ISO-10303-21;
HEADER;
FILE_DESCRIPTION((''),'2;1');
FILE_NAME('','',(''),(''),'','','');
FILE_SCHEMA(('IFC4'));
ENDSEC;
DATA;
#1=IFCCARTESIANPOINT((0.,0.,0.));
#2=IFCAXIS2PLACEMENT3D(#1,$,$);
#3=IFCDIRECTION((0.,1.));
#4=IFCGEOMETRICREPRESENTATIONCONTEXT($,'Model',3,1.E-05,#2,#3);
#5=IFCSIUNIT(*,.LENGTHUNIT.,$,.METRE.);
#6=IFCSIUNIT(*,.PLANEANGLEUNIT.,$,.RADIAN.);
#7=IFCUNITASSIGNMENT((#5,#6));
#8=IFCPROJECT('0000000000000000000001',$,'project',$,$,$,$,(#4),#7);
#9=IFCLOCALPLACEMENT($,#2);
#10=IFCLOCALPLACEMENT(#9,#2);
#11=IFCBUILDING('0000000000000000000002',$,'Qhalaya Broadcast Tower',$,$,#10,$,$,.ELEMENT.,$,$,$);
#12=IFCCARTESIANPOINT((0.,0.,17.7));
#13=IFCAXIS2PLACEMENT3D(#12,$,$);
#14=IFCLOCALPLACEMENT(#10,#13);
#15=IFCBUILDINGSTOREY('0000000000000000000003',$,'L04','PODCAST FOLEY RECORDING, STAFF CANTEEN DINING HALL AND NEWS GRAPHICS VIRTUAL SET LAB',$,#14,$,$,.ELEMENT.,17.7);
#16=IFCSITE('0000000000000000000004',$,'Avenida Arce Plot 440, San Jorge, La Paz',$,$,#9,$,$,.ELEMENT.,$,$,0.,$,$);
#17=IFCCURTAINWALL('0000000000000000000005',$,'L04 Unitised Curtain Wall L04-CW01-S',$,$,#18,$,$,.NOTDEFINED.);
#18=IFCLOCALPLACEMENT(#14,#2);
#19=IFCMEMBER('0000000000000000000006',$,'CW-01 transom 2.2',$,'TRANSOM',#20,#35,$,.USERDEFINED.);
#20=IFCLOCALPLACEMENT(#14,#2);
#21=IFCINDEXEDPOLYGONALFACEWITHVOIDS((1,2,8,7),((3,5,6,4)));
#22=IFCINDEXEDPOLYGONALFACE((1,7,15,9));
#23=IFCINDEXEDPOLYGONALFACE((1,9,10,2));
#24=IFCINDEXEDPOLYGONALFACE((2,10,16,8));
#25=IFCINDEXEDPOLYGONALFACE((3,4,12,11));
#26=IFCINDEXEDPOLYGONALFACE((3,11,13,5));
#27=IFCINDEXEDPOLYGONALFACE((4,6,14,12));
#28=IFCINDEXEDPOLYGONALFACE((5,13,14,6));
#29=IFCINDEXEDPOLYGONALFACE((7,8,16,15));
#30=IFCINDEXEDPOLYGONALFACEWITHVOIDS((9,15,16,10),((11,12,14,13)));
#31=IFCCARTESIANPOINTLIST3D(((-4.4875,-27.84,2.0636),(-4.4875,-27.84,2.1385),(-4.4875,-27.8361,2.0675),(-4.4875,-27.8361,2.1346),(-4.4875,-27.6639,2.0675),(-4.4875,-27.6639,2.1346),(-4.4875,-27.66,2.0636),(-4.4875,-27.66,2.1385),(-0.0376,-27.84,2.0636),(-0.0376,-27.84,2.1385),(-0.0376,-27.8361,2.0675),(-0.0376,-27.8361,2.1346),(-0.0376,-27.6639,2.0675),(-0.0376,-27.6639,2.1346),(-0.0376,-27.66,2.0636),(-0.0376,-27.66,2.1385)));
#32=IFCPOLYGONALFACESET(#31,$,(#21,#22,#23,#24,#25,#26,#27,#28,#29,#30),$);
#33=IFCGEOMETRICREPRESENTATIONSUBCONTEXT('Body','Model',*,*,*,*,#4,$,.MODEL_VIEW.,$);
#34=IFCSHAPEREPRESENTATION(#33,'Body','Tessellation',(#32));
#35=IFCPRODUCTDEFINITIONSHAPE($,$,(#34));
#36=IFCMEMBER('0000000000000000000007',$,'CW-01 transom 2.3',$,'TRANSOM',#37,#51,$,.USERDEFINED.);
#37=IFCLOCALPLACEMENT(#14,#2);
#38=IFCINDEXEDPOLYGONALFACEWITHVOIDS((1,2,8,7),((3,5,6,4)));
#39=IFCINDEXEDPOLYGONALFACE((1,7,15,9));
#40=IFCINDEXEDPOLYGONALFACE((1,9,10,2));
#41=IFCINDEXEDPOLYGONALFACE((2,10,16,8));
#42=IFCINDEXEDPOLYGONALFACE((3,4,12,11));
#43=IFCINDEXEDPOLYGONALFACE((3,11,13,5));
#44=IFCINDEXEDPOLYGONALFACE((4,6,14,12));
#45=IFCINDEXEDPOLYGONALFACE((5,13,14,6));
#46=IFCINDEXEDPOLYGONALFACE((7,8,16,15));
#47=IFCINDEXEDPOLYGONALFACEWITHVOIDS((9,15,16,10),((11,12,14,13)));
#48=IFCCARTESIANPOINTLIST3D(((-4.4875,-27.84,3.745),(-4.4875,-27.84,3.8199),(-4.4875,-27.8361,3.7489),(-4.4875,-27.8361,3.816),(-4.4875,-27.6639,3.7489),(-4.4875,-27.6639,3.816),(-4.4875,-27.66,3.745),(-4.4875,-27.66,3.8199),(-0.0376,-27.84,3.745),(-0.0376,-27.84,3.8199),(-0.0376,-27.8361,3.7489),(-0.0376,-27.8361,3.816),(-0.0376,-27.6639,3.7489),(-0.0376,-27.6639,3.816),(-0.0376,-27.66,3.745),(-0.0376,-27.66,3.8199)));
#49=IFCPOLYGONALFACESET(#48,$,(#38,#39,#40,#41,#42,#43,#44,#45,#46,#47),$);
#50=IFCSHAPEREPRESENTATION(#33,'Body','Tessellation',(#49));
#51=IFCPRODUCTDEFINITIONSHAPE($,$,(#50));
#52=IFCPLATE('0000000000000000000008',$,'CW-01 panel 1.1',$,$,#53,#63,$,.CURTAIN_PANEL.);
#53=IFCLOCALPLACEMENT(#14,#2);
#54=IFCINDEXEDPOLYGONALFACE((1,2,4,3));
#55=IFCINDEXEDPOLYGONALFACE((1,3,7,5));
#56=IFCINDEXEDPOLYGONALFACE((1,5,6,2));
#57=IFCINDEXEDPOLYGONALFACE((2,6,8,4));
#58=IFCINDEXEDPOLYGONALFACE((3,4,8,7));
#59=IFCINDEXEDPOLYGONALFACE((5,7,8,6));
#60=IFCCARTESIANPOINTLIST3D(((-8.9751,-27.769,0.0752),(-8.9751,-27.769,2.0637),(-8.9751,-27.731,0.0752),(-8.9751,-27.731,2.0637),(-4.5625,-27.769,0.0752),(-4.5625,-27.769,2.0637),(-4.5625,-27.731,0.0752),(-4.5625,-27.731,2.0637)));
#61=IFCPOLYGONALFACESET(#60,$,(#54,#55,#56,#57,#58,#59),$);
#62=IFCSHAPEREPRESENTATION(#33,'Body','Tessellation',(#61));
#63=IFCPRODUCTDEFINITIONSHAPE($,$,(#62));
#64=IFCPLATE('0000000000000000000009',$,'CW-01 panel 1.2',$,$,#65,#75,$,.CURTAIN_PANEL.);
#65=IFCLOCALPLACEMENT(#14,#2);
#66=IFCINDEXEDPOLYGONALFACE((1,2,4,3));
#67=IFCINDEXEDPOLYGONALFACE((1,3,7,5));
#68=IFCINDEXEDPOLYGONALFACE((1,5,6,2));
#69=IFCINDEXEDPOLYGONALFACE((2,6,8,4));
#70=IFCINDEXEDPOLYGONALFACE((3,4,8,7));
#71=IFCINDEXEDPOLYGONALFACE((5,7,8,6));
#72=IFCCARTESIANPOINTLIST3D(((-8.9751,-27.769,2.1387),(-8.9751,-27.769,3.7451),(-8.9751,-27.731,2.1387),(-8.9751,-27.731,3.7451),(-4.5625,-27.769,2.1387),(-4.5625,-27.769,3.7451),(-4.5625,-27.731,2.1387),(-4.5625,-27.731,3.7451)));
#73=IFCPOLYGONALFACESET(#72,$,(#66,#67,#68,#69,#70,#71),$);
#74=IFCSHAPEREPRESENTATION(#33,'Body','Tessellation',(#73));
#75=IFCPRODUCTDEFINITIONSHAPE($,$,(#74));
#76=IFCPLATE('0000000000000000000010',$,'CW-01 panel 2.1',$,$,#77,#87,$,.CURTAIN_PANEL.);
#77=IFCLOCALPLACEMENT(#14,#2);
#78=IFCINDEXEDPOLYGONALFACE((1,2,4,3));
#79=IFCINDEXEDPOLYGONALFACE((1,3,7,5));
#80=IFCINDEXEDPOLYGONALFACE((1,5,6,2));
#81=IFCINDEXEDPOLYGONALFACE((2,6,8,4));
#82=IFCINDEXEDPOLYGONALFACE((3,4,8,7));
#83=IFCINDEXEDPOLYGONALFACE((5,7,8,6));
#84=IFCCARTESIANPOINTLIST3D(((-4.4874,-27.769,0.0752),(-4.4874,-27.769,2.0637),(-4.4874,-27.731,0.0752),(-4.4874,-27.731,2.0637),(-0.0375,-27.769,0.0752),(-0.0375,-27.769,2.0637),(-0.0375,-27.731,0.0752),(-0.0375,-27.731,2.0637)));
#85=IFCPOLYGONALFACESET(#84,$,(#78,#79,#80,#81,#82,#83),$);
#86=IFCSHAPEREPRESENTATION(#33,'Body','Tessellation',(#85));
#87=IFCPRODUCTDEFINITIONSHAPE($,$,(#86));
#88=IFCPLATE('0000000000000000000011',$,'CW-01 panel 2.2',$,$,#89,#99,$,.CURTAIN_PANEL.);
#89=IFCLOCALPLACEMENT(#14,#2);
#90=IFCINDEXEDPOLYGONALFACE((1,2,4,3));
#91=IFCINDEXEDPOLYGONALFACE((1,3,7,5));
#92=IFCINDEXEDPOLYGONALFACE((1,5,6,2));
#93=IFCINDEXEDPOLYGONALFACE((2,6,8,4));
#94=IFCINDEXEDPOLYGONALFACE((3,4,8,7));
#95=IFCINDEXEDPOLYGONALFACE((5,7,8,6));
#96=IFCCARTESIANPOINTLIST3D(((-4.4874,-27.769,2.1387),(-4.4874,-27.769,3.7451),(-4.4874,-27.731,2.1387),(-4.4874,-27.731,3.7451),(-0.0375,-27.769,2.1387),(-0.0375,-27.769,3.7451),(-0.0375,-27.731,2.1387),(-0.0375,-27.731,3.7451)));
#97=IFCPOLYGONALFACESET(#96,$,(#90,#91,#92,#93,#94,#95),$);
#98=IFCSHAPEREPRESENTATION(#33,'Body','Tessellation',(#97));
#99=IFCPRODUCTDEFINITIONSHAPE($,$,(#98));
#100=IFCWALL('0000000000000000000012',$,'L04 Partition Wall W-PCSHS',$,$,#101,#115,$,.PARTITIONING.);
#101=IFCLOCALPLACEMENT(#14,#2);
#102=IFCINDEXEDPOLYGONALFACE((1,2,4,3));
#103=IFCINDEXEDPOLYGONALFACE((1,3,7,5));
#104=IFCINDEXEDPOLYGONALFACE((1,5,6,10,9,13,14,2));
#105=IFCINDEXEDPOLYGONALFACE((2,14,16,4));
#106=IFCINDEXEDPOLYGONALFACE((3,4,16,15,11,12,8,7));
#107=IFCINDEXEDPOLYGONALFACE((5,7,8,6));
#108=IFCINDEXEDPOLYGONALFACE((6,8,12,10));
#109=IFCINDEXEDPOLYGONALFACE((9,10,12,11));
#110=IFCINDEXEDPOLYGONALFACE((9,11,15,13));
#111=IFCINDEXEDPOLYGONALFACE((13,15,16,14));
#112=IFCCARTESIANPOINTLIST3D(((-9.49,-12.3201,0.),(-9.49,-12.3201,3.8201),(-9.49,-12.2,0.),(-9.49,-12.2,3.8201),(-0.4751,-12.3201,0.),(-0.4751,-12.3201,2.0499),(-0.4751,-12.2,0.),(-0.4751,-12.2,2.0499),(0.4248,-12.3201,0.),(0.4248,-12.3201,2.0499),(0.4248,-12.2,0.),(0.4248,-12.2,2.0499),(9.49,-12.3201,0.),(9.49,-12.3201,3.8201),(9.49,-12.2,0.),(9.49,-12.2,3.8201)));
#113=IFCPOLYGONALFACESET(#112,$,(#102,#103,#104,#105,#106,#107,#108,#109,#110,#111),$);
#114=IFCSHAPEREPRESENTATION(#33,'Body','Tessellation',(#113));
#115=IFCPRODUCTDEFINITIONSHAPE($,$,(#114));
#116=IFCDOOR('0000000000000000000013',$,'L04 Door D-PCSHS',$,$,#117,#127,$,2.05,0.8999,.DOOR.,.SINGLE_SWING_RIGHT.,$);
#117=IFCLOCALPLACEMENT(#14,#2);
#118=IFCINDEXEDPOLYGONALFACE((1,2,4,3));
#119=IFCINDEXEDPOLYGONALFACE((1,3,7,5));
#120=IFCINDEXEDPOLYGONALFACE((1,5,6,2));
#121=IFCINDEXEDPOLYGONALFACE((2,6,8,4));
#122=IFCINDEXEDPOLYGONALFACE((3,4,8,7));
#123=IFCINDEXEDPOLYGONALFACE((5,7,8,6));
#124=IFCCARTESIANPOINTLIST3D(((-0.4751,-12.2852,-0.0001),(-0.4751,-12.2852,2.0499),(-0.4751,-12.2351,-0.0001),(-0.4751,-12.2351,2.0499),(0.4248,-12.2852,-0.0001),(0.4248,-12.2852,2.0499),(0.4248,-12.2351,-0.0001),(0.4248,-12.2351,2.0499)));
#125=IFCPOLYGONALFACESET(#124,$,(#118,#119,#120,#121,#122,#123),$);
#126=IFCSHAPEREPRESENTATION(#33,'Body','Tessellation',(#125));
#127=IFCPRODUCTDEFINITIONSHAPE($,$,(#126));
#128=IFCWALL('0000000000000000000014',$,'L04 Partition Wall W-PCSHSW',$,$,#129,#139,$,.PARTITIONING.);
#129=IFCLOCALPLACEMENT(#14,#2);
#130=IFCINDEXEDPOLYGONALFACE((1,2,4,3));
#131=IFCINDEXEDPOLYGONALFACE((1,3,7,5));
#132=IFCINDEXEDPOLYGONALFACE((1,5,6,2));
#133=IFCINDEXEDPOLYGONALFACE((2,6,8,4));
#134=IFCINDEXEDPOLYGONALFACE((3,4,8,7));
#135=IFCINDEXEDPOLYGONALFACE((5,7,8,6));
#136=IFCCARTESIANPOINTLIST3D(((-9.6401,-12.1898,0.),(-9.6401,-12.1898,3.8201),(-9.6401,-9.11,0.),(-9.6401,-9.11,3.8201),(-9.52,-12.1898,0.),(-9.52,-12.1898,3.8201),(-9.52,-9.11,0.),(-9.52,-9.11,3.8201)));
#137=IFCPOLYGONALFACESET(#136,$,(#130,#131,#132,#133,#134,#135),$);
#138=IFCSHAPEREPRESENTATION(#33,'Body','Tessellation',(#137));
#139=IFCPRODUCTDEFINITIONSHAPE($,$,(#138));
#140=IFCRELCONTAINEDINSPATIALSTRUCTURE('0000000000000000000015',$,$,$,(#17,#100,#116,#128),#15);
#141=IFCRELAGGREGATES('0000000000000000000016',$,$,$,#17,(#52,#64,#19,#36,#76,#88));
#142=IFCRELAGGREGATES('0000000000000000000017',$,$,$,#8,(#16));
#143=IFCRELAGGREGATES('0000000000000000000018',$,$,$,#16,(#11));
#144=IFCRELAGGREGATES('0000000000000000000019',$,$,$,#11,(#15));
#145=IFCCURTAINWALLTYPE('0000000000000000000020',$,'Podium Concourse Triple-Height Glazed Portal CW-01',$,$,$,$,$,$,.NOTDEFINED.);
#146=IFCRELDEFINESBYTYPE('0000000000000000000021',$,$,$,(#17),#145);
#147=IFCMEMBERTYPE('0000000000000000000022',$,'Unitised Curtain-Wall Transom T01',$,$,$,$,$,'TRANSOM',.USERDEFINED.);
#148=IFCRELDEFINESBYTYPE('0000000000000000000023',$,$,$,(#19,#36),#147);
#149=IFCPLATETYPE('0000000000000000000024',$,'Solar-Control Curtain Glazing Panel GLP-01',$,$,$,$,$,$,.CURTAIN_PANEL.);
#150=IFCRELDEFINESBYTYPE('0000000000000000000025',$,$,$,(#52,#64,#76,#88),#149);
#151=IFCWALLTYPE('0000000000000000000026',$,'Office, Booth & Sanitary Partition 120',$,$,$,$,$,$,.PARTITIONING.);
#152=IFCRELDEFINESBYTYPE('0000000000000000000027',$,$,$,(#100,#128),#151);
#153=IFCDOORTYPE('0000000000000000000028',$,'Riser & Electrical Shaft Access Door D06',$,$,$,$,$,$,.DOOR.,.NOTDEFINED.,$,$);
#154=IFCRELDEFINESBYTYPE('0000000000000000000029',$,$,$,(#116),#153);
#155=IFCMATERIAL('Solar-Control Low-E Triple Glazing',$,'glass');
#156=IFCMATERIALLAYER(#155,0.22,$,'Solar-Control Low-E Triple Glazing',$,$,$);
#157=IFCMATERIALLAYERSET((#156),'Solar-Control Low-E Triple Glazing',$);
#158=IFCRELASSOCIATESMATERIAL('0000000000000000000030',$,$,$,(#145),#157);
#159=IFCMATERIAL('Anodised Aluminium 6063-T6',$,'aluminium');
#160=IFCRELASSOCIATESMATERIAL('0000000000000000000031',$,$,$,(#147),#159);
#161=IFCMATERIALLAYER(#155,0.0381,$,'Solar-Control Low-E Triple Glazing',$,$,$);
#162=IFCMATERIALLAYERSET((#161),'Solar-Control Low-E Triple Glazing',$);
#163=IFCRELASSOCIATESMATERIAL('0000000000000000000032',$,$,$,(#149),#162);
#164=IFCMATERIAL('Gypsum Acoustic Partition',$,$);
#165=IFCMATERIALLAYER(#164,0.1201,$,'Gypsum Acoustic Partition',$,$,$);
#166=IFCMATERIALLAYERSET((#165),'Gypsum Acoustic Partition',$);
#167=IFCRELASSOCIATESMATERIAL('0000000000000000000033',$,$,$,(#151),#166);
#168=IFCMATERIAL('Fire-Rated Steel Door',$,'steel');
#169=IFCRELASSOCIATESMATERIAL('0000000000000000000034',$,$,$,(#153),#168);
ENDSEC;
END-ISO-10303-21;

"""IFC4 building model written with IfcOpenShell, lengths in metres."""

from ifc_helpers import new_model, si_unit, direction, frame, frame_2d, origin, origin_2d, place, context, subcontext, project, spatial, rectangle, hollow_rectangle, extrude, material, layer, layer_set, material_profile, profile_set, type_object, element, fill, aggregate, save


model = new_model("IFC4")

# Units and contexts
model_context = context("Model", 3, precision=1e-05, world=origin(), true_north=direction((0.0, 1.0)))
body_context = subcontext(model_context, "Body", "Model", "MODEL_VIEW")
ifc_project = project(units=[si_unit("LENGTHUNIT", "METRE"), si_unit("PLANEANGLEUNIT", "RADIAN")], contexts=[model_context])

# Site, building, storey
site_placement = place(None, origin())
site = spatial("IfcSite", under=ifc_project, at=site_placement, Name="Avenida Arce Plot 440, San Jorge, La Paz", CompositionType="ELEMENT", RefElevation=0.0)
building_placement = place(site_placement, origin())
building = spatial("IfcBuilding", under=site, at=building_placement, Name="Qhalaya Broadcast Tower", CompositionType="ELEMENT")
storey_placement = place(building_placement, frame((0.0, 0.0, 17.7)))
storey = spatial("IfcBuildingStorey", under=building, at=storey_placement, Name="L04", Description="PODCAST FOLEY RECORDING, STAFF CANTEEN DINING HALL AND NEWS GRAPHICS VIRTUAL SET LAB", CompositionType="ELEMENT", Elevation=17.7)

# Curtain wall, members, plates
ifc_material_1 = material(Name="Solar-Control Low-E Triple Glazing", Category="glass")
ifc_layer_1 = layer(ifc_material_1, 0.22, Name="Solar-Control Low-E Triple Glazing")
ifc_layer_set_1 = layer_set([ifc_layer_1], Name="Solar-Control Low-E Triple Glazing")
curtain_wall_type = type_object("IfcCurtainWallType", Name="Podium Concourse Triple-Height Glazed Portal CW-01", PredefinedType="NOTDEFINED", material=ifc_layer_set_1)
curtain_wall_placement = place(storey_placement, origin())
curtain_wall = element("IfcCurtainWall", 1, at=curtain_wall_placement, inside=storey, type_object=curtain_wall_type, Name="L04 Unitised Curtain Wall L04-CW01-S", PredefinedType="NOTDEFINED")
ifc_material_2 = material(Name="Anodised Aluminium 6063-T6", Category="aluminium")
ifc_material_profile_1 = material_profile(ifc_material_2, hollow_rectangle(XDim=0.075, YDim=0.1799, WallThickness=0.0039, at=origin_2d()), Name="ALU-TRN 75x180x4")
ifc_profile_set_1 = profile_set([ifc_material_profile_1], Name="Anodised Aluminium 6063-T6")
member_type_1 = type_object("IfcMemberType", Name="Unitised Curtain-Wall Transom T01", ElementType="TRANSOM", PredefinedType="USERDEFINED", material=ifc_profile_set_1)
member_1_placement = place(storey_placement, frame((-4.4875, -27.75, 2.1011), z_axis=(1.0, 0.0, 0.0), x_axis=(0.0, 0.0, 1.0)))
member_1 = element("IfcMember", 2, at=member_1_placement, type_object=member_type_1, Name="CW-01 transom 2.2", ObjectType="TRANSOM", PredefinedType="USERDEFINED", context=body_context, shape_type="SweptSolid", body=[
    extrude(hollow_rectangle(XDim=0.075, YDim=0.1799, WallThickness=0.0039, at=origin_2d()), origin(), (0.0, 0.0, 1.0), 4.45),
])
member_2_placement = place(storey_placement, frame((-4.4875, -27.75, 3.7825), z_axis=(1.0, 0.0, 0.0), x_axis=(0.0, 0.0, 1.0)))
member_2 = element("IfcMember", 3, at=member_2_placement, type_object=member_type_1, Name="CW-01 transom 2.3", ObjectType="TRANSOM", PredefinedType="USERDEFINED", context=body_context, shape_type="SweptSolid", body=[
    extrude(hollow_rectangle(XDim=0.075, YDim=0.1799, WallThickness=0.0039, at=origin_2d()), origin(), (0.0, 0.0, 1.0), 4.45),
])
ifc_layer_2 = layer(ifc_material_1, 0.0381, Name="Solar-Control Low-E Triple Glazing")
ifc_layer_set_2 = layer_set([ifc_layer_2], Name="Solar-Control Low-E Triple Glazing")
plate_type = type_object("IfcPlateType", Name="Solar-Control Curtain Glazing Panel GLP-01", PredefinedType="CURTAIN_PANEL", material=ifc_layer_set_2)
plate_1_placement = place(storey_placement, frame((-6.7688, -27.75, 0.0752), z_axis=(0.0, 0.0, 1.0), x_axis=(1.0, 0.0, 0.0)))
plate_1 = element("IfcPlate", 4, at=plate_1_placement, type_object=plate_type, Name="CW-01 panel 1.1", PredefinedType="CURTAIN_PANEL", context=body_context, shape_type="SweptSolid", body=[
    extrude(rectangle(XDim=4.4126, YDim=0.0381, at=origin_2d()), origin(), (0.0, 0.0, 1.0), 1.9885),
])
plate_2_placement = place(storey_placement, frame((-6.7688, -27.75, 2.1387), z_axis=(0.0, 0.0, 1.0), x_axis=(1.0, 0.0, 0.0)))
plate_2 = element("IfcPlate", 5, at=plate_2_placement, type_object=plate_type, Name="CW-01 panel 1.2", PredefinedType="CURTAIN_PANEL", context=body_context, shape_type="SweptSolid", body=[
    extrude(rectangle(XDim=4.4126, YDim=0.0381, at=origin_2d()), origin(), (0.0, 0.0, 1.0), 1.6064),
])
plate_3_placement = place(storey_placement, frame((-2.2625, -27.75, 0.0752), z_axis=(0.0, 0.0, 1.0), x_axis=(1.0, 0.0, 0.0)))
plate_3 = element("IfcPlate", 6, at=plate_3_placement, type_object=plate_type, Name="CW-01 panel 2.1", PredefinedType="CURTAIN_PANEL", context=body_context, shape_type="SweptSolid", body=[
    extrude(rectangle(XDim=4.45, YDim=0.0381, at=origin_2d()), origin(), (0.0, 0.0, 1.0), 1.9885),
])
plate_4_placement = place(storey_placement, frame((-2.2625, -27.75, 2.1387), z_axis=(0.0, 0.0, 1.0), x_axis=(1.0, 0.0, 0.0)))
plate_4 = element("IfcPlate", 7, at=plate_4_placement, type_object=plate_type, Name="CW-01 panel 2.2", PredefinedType="CURTAIN_PANEL", context=body_context, shape_type="SweptSolid", body=[
    extrude(rectangle(XDim=4.45, YDim=0.0381, at=origin_2d()), origin(), (0.0, 0.0, 1.0), 1.6064),
])
aggregate(curtain_wall, [plate_1, plate_2, member_1, member_2, plate_3, plate_4])

# Wall, opening, door
ifc_material_3 = material(Name="Gypsum Acoustic Partition")
ifc_layer_3 = layer(ifc_material_3, 0.1201, Name="Gypsum Acoustic Partition")
ifc_layer_set_3 = layer_set([ifc_layer_3], Name="Gypsum Acoustic Partition")
wall_type = type_object("IfcWallType", Name="Office, Booth & Sanitary Partition 120", PredefinedType="PARTITIONING", material=ifc_layer_set_3)
wall_1_placement = place(storey_placement, frame((-9.49, -12.26, 0.0), z_axis=(0.0, 0.0, 1.0), x_axis=(1.0, 0.0, 0.0)))
wall_1 = element("IfcWall", 8, at=wall_1_placement, inside=storey, type_object=wall_type, Name="L04 Partition Wall W-PCSHS", PredefinedType="PARTITIONING", context=body_context, shape_type="SweptSolid", body=[
    extrude(rectangle(XDim=18.98, YDim=0.1201, at=frame_2d((9.49, 0.0))), origin(), (0.0, 0.0, 1.0), 3.8201),
])
opening_placement = place(wall_1_placement, frame((9.0149, 0.0, 0.0)))
opening = element("IfcOpeningElement", 9, at=opening_placement, cuts=wall_1, PredefinedType="OPENING", context=body_context, shape_type="SweptSolid", body=[
    extrude(rectangle(XDim=0.8999, YDim=2.05, at=frame_2d((0.45, 1.0249))), frame((0.0, 0.072, 0.0), z_axis=(0.0, -1.0, 0.0), x_axis=(1.0, 0.0, 0.0)), (0.0, 0.0, 1.0), 0.144),
])
ifc_material_4 = material(Name="Fire-Rated Steel Door", Category="steel")
door_type = type_object("IfcDoorType", Name="Riser & Electrical Shaft Access Door D06", OperationType="NOTDEFINED", PredefinedType="DOOR", material=ifc_material_4)
door_placement = place(opening_placement, origin())
door = element("IfcDoor", 10, at=door_placement, inside=storey, type_object=door_type, Name="L04 Door D-PCSHS", OperationType="SINGLE_SWING_RIGHT", OverallHeight=2.05, OverallWidth=0.8999, PredefinedType="DOOR", context=body_context, shape_type="SweptSolid", body=[
    extrude(rectangle(XDim=0.8999, YDim=2.05, at=frame_2d((0.45, 1.0249))), frame((0.0, 0.0249, 0.0), z_axis=(0.0, -1.0, 0.0), x_axis=(1.0, 0.0, 0.0)), (0.0, 0.0, 1.0), 0.05),
])
fill(opening, door)

# Wall
wall_2_placement = place(storey_placement, frame((-9.5801, -12.1899, 0.0), z_axis=(0.0, 0.0, 1.0), x_axis=(0.0, 1.0, 0.0)))
element("IfcWall", 11, at=wall_2_placement, inside=storey, type_object=wall_type, Name="L04 Partition Wall W-PCSHSW", PredefinedType="PARTITIONING", context=body_context, shape_type="SweptSolid", body=[
    extrude(rectangle(XDim=3.0798, YDim=0.1201, at=frame_2d((1.54, 0.0))), origin(), (0.0, 0.0, 1.0), 3.8201),
])

save(model, "model.ifc")
